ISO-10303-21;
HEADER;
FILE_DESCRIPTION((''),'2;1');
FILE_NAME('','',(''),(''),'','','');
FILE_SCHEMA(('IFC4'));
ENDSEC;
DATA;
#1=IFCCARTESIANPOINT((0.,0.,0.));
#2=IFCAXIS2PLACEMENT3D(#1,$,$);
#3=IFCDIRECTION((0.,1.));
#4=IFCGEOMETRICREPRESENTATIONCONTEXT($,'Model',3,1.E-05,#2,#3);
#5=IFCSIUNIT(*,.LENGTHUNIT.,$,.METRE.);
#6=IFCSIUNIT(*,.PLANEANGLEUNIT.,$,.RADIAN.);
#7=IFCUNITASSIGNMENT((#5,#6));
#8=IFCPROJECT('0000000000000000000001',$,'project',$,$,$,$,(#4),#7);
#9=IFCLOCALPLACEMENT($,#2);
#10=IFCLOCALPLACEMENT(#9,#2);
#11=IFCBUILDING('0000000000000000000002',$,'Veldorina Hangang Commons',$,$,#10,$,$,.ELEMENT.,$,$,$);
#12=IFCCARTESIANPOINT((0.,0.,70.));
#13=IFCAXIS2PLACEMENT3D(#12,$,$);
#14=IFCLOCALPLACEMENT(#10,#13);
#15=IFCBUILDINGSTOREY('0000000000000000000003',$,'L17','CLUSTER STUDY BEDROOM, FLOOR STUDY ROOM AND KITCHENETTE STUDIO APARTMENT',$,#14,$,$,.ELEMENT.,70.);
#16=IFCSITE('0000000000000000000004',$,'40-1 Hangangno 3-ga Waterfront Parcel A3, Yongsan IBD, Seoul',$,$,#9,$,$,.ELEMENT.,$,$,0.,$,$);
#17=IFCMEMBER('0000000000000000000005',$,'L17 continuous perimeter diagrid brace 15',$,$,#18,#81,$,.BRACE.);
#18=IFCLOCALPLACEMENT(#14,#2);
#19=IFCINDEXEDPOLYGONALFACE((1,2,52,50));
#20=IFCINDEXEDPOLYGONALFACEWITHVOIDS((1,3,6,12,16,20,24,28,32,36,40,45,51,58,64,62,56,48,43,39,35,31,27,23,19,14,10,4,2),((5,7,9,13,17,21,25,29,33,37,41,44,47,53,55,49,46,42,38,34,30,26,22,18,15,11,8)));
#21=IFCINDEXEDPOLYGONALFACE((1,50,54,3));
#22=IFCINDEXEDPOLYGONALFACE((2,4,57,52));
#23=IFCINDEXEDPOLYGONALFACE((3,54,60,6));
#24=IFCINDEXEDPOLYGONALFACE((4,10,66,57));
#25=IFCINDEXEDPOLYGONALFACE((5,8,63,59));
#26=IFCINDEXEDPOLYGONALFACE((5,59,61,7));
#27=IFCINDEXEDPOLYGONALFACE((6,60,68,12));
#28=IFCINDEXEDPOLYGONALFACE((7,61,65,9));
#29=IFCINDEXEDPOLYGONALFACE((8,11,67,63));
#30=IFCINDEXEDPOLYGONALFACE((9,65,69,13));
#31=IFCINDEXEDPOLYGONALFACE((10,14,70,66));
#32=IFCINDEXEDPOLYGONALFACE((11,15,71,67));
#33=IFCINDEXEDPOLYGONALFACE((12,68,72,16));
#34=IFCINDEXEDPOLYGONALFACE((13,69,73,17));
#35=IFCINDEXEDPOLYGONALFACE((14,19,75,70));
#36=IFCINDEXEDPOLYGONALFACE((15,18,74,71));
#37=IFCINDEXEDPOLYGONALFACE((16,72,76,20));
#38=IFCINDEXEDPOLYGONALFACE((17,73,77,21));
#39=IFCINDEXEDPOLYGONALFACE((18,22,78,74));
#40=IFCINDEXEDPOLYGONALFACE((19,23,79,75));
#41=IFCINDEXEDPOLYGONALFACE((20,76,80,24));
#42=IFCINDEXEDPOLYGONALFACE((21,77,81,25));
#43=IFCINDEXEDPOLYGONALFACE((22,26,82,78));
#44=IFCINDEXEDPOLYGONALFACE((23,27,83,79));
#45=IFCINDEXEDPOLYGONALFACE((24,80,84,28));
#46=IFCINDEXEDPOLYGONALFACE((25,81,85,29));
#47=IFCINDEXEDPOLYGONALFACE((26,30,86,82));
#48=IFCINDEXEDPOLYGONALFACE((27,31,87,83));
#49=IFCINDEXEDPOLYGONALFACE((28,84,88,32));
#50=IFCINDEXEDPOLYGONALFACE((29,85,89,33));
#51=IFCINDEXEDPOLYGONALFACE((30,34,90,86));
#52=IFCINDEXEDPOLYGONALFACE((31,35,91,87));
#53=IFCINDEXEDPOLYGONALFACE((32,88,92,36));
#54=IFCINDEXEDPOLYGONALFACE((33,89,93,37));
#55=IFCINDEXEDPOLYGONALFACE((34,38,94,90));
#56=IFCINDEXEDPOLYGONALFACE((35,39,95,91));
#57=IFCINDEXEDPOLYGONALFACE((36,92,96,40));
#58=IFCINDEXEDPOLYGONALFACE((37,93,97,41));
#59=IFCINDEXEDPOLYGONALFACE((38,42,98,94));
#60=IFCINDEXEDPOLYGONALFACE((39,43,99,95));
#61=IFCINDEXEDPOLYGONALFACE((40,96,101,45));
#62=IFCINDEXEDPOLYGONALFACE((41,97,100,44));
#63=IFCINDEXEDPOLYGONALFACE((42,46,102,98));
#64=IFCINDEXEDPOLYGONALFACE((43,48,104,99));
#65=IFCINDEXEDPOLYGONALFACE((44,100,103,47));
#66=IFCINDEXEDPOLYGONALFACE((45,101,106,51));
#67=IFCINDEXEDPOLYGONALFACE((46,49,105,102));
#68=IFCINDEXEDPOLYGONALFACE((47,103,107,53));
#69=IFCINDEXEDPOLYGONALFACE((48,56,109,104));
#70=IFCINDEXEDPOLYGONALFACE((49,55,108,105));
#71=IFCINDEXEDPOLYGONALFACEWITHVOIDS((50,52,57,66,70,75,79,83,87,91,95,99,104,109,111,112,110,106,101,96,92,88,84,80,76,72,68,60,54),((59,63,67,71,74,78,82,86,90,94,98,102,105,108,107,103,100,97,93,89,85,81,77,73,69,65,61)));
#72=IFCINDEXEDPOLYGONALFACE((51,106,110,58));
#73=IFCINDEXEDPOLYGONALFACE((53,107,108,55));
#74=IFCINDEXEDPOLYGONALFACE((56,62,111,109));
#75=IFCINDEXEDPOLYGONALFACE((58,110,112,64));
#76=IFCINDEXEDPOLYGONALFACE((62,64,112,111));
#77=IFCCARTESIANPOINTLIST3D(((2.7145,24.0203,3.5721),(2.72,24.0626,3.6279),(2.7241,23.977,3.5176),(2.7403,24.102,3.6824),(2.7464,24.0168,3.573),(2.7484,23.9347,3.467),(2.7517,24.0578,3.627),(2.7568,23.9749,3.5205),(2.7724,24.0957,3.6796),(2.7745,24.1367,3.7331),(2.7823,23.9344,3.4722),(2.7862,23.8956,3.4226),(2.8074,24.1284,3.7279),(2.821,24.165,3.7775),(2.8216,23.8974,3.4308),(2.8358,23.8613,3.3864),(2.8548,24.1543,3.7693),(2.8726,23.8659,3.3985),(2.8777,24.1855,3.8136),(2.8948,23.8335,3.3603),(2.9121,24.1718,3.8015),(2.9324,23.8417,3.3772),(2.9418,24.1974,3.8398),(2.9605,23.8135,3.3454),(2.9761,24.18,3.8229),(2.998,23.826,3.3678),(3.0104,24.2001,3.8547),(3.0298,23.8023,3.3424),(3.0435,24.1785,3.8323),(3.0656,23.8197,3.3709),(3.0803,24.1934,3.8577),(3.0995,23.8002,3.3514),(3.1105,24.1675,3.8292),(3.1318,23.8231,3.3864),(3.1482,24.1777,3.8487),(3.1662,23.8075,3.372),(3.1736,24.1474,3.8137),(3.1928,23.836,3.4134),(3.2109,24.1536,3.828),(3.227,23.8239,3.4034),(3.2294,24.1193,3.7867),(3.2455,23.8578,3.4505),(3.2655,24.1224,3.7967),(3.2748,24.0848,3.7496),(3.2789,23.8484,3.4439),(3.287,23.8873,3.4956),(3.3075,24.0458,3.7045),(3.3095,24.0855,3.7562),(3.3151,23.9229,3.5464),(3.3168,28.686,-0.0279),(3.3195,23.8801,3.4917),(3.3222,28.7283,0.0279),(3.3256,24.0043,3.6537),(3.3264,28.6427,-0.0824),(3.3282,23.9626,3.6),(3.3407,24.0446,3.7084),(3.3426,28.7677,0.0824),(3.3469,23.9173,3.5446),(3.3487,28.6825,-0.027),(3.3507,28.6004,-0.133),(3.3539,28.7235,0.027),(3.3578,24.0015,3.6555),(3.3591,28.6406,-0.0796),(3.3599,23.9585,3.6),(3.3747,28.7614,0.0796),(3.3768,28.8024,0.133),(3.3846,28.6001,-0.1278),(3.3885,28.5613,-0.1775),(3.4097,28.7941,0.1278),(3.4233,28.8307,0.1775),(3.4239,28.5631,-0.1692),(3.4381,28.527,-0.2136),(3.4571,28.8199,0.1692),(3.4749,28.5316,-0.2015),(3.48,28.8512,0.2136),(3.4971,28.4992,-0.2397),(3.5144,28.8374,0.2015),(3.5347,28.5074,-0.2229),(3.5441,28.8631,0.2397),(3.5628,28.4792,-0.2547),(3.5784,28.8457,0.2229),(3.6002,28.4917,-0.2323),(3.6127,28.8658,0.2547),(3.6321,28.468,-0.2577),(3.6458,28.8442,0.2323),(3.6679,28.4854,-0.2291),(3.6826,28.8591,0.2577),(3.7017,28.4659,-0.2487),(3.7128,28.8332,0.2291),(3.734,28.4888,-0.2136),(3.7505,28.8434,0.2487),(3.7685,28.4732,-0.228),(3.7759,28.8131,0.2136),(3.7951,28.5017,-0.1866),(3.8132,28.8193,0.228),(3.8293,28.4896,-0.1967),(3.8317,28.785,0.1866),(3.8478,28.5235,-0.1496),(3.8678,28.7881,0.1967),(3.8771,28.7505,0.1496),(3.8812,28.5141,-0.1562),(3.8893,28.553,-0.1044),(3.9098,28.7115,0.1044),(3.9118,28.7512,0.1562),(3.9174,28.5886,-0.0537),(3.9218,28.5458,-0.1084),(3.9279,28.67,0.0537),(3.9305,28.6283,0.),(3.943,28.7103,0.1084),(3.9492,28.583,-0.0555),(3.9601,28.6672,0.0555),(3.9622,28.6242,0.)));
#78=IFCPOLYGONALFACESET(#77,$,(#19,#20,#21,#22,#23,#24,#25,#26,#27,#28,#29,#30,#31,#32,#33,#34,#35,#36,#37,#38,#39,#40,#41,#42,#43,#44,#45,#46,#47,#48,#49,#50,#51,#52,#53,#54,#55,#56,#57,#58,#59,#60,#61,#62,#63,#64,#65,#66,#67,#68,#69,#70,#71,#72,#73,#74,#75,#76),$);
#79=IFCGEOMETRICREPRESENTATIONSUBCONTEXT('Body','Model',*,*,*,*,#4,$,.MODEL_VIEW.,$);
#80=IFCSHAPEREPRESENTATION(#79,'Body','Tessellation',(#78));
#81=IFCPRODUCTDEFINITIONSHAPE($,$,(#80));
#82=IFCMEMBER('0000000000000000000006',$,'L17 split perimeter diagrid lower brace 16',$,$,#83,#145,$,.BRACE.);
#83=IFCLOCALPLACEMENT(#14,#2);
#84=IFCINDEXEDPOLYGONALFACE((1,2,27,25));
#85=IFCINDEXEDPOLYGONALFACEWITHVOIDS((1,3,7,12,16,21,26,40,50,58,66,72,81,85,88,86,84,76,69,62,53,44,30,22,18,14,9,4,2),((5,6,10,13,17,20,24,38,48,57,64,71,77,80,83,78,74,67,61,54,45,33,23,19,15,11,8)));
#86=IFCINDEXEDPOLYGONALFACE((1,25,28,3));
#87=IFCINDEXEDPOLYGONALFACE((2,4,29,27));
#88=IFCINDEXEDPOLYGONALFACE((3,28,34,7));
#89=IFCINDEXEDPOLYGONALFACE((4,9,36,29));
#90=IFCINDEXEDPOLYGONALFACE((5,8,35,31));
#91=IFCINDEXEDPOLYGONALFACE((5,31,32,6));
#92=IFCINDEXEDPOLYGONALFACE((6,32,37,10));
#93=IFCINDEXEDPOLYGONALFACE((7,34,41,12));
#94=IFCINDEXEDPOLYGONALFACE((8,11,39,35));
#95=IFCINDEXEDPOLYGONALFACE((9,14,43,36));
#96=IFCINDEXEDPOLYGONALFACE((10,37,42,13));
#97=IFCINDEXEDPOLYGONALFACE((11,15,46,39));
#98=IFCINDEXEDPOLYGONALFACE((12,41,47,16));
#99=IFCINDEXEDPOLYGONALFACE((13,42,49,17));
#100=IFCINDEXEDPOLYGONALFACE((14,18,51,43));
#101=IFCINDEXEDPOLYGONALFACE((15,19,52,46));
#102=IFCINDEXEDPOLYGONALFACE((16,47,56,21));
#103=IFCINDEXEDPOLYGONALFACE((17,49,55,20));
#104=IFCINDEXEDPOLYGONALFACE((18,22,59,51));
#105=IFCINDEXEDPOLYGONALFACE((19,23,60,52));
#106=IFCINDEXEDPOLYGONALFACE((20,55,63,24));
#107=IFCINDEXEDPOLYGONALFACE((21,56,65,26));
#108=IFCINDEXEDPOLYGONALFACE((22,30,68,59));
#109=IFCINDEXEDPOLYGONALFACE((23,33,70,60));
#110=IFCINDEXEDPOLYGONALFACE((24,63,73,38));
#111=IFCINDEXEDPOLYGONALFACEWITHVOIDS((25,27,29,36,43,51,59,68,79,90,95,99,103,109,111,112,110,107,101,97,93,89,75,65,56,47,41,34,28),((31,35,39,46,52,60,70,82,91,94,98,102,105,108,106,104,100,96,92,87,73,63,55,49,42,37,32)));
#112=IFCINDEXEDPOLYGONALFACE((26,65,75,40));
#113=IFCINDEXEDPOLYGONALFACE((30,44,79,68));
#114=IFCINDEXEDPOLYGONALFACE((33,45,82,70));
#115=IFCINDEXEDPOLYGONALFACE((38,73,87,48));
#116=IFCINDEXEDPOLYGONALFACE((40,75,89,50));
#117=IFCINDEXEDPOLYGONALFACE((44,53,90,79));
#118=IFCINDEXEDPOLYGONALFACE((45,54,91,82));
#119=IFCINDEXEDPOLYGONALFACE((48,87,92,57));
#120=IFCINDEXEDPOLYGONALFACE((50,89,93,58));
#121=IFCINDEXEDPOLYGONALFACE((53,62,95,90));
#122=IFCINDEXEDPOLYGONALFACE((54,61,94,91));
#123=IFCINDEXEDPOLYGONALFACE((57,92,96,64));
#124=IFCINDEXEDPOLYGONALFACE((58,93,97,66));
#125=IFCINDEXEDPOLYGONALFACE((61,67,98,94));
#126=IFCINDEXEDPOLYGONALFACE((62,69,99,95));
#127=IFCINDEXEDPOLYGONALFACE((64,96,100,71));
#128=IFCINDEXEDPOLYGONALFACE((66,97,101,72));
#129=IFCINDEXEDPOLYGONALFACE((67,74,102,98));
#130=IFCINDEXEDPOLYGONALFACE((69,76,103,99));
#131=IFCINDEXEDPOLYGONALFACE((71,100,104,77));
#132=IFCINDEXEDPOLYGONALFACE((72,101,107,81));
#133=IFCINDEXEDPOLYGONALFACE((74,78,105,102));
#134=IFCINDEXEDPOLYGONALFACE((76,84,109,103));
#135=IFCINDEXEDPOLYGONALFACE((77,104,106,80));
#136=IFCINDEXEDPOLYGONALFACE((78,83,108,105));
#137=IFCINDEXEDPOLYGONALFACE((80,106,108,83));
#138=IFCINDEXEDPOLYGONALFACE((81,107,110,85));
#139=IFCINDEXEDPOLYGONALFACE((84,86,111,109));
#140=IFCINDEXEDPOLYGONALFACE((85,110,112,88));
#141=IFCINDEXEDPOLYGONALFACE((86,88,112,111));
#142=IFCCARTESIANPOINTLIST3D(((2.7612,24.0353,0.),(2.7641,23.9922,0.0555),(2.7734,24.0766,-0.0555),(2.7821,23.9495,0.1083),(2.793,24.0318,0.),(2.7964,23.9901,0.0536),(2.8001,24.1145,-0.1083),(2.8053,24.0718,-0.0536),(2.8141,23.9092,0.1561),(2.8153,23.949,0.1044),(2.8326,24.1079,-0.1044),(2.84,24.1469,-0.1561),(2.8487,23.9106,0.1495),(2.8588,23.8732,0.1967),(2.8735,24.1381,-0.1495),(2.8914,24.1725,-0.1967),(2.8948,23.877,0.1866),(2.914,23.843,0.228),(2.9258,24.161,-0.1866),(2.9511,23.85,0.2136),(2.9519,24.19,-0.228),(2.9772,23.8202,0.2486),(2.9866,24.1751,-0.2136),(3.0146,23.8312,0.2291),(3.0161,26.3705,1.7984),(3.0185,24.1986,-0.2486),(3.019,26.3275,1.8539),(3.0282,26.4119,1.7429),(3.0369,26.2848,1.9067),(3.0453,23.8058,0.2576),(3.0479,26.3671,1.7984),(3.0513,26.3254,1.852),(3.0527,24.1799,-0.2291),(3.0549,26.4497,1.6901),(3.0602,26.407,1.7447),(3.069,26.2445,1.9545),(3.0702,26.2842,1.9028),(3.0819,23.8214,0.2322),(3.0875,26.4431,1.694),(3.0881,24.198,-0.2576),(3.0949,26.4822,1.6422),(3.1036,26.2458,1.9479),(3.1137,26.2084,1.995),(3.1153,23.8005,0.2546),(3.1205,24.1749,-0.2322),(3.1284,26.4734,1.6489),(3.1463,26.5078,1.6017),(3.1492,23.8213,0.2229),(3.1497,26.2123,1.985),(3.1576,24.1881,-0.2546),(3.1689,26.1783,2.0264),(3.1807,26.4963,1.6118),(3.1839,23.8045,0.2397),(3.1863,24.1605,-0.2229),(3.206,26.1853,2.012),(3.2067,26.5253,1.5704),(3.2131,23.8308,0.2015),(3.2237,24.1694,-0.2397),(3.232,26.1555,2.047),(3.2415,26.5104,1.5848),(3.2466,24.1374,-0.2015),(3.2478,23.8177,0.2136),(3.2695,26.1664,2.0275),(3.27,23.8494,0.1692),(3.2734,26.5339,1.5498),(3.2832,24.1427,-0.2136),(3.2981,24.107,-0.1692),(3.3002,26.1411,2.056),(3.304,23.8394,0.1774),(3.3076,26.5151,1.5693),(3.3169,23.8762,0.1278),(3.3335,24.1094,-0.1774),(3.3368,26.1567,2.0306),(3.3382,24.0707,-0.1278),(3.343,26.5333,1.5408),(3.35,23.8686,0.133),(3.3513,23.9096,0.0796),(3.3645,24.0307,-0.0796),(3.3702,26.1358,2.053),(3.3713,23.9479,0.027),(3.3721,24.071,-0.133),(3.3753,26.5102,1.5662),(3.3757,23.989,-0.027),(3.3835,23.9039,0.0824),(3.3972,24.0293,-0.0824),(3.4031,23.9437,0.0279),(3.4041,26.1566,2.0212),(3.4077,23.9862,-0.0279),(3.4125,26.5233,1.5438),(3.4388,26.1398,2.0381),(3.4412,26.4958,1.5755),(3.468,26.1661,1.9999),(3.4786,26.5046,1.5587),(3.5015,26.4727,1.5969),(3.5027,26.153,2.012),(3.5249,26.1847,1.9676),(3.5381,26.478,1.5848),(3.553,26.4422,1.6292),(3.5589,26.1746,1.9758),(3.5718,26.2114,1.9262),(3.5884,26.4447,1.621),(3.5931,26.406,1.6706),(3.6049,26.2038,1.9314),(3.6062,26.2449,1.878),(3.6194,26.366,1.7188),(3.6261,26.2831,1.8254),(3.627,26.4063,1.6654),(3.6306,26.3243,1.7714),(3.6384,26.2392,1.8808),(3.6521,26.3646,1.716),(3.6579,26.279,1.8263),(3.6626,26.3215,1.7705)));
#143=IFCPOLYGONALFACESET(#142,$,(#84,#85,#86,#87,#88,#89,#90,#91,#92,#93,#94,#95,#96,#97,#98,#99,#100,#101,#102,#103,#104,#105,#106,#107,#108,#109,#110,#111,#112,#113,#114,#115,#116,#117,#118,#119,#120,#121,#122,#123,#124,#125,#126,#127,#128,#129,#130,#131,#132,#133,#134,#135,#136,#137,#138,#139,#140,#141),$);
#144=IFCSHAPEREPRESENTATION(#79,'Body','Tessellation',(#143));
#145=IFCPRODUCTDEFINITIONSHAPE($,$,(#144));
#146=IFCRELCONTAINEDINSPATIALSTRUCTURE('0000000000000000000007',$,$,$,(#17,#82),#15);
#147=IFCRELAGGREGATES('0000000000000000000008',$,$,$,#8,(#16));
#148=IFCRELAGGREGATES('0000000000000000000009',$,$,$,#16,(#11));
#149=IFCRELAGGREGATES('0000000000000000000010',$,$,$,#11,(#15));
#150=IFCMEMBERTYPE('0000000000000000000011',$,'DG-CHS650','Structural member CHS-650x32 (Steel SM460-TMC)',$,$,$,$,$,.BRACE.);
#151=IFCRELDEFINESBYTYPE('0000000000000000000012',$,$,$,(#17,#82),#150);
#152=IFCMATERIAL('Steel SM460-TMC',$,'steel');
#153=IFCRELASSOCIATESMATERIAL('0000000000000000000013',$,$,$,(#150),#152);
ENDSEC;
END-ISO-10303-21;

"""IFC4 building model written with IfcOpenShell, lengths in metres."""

from ifc_helpers import new_model, si_unit, direction, frame, origin, origin_2d, place, context, subcontext, project, spatial, hollow_circle, extrude, material, material_profile, profile_set, type_object, element, save


model = new_model("IFC4")

# Units and contexts
model_context = context("Model", 3, precision=1e-05, world=origin(), true_north=direction((0.0, 1.0)))
body_context = subcontext(model_context, "Body", "Model", "MODEL_VIEW")
ifc_project = project(units=[si_unit("LENGTHUNIT", "METRE"), si_unit("PLANEANGLEUNIT", "RADIAN")], contexts=[model_context])

# Site, building, storey
site_placement = place(None, origin())
site = spatial("IfcSite", under=ifc_project, at=site_placement, Name="40-1 Hangangno 3-ga Waterfront Parcel A3, Yongsan IBD, Seoul", CompositionType="ELEMENT", RefElevation=0.0)
building_placement = place(site_placement, origin())
building = spatial("IfcBuilding", under=site, at=building_placement, Name="Veldorina Hangang Commons", CompositionType="ELEMENT")
storey_placement = place(building_placement, frame((0.0, 0.0, 70.0)))
storey = spatial("IfcBuildingStorey", under=building, at=storey_placement, Name="L17", Description="CLUSTER STUDY BEDROOM, FLOOR STUDY ROOM AND KITCHENETTE STUDIO APARTMENT", CompositionType="ELEMENT", Elevation=70.0)

# Members
ifc_material_1 = material(Name="Steel SM460-TMC", Category="steel")
ifc_material_profile_1 = material_profile(ifc_material_1, hollow_circle(Radius=0.325, WallThickness=0.032, at=origin_2d()), Name="CHS-650x32")
ifc_profile_set_1 = profile_set([ifc_material_profile_1], Name="Steel SM460-TMC")
member_type = type_object("IfcMemberType", Name="DG-CHS650", Description="Structural member CHS-650x32 (Steel SM460-TMC)", PredefinedType="BRACE", material=ifc_profile_set_1)
member_1_placement = place(storey_placement, frame((3.6399, 28.6658, 0.0), z_axis=(-0.101672, -0.787615, 0.607722), x_axis=(0.991771, -0.128026, 0.0)))
element("IfcMember", 1, at=member_1_placement, inside=storey, type_object=member_type, Name="L17 continuous perimeter diagrid brace 15", PredefinedType="BRACE", context=body_context, shape_type="SweptSolid", body=[
    extrude(hollow_circle(Radius=0.325, WallThickness=0.032, at=origin_2d()), origin(), (0.0, 0.0, 1.0), 5.9238),
])
member_2_placement = place(storey_placement, frame((3.0842, 24.0, 0.0), z_axis=(0.086155, 0.789345, 0.607874), x_axis=(-0.994096, 0.108504, 0.0)))
element("IfcMember", 2, at=member_2_placement, inside=storey, type_object=member_type, Name="L17 split perimeter diagrid lower brace 16", PredefinedType="BRACE", context=body_context, shape_type="SweptSolid", body=[
    extrude(hollow_circle(Radius=0.325, WallThickness=0.032, at=origin_2d()), origin(), (0.0, 0.0, 1.0), 2.9585),
])

save(model, "model.ifc")
